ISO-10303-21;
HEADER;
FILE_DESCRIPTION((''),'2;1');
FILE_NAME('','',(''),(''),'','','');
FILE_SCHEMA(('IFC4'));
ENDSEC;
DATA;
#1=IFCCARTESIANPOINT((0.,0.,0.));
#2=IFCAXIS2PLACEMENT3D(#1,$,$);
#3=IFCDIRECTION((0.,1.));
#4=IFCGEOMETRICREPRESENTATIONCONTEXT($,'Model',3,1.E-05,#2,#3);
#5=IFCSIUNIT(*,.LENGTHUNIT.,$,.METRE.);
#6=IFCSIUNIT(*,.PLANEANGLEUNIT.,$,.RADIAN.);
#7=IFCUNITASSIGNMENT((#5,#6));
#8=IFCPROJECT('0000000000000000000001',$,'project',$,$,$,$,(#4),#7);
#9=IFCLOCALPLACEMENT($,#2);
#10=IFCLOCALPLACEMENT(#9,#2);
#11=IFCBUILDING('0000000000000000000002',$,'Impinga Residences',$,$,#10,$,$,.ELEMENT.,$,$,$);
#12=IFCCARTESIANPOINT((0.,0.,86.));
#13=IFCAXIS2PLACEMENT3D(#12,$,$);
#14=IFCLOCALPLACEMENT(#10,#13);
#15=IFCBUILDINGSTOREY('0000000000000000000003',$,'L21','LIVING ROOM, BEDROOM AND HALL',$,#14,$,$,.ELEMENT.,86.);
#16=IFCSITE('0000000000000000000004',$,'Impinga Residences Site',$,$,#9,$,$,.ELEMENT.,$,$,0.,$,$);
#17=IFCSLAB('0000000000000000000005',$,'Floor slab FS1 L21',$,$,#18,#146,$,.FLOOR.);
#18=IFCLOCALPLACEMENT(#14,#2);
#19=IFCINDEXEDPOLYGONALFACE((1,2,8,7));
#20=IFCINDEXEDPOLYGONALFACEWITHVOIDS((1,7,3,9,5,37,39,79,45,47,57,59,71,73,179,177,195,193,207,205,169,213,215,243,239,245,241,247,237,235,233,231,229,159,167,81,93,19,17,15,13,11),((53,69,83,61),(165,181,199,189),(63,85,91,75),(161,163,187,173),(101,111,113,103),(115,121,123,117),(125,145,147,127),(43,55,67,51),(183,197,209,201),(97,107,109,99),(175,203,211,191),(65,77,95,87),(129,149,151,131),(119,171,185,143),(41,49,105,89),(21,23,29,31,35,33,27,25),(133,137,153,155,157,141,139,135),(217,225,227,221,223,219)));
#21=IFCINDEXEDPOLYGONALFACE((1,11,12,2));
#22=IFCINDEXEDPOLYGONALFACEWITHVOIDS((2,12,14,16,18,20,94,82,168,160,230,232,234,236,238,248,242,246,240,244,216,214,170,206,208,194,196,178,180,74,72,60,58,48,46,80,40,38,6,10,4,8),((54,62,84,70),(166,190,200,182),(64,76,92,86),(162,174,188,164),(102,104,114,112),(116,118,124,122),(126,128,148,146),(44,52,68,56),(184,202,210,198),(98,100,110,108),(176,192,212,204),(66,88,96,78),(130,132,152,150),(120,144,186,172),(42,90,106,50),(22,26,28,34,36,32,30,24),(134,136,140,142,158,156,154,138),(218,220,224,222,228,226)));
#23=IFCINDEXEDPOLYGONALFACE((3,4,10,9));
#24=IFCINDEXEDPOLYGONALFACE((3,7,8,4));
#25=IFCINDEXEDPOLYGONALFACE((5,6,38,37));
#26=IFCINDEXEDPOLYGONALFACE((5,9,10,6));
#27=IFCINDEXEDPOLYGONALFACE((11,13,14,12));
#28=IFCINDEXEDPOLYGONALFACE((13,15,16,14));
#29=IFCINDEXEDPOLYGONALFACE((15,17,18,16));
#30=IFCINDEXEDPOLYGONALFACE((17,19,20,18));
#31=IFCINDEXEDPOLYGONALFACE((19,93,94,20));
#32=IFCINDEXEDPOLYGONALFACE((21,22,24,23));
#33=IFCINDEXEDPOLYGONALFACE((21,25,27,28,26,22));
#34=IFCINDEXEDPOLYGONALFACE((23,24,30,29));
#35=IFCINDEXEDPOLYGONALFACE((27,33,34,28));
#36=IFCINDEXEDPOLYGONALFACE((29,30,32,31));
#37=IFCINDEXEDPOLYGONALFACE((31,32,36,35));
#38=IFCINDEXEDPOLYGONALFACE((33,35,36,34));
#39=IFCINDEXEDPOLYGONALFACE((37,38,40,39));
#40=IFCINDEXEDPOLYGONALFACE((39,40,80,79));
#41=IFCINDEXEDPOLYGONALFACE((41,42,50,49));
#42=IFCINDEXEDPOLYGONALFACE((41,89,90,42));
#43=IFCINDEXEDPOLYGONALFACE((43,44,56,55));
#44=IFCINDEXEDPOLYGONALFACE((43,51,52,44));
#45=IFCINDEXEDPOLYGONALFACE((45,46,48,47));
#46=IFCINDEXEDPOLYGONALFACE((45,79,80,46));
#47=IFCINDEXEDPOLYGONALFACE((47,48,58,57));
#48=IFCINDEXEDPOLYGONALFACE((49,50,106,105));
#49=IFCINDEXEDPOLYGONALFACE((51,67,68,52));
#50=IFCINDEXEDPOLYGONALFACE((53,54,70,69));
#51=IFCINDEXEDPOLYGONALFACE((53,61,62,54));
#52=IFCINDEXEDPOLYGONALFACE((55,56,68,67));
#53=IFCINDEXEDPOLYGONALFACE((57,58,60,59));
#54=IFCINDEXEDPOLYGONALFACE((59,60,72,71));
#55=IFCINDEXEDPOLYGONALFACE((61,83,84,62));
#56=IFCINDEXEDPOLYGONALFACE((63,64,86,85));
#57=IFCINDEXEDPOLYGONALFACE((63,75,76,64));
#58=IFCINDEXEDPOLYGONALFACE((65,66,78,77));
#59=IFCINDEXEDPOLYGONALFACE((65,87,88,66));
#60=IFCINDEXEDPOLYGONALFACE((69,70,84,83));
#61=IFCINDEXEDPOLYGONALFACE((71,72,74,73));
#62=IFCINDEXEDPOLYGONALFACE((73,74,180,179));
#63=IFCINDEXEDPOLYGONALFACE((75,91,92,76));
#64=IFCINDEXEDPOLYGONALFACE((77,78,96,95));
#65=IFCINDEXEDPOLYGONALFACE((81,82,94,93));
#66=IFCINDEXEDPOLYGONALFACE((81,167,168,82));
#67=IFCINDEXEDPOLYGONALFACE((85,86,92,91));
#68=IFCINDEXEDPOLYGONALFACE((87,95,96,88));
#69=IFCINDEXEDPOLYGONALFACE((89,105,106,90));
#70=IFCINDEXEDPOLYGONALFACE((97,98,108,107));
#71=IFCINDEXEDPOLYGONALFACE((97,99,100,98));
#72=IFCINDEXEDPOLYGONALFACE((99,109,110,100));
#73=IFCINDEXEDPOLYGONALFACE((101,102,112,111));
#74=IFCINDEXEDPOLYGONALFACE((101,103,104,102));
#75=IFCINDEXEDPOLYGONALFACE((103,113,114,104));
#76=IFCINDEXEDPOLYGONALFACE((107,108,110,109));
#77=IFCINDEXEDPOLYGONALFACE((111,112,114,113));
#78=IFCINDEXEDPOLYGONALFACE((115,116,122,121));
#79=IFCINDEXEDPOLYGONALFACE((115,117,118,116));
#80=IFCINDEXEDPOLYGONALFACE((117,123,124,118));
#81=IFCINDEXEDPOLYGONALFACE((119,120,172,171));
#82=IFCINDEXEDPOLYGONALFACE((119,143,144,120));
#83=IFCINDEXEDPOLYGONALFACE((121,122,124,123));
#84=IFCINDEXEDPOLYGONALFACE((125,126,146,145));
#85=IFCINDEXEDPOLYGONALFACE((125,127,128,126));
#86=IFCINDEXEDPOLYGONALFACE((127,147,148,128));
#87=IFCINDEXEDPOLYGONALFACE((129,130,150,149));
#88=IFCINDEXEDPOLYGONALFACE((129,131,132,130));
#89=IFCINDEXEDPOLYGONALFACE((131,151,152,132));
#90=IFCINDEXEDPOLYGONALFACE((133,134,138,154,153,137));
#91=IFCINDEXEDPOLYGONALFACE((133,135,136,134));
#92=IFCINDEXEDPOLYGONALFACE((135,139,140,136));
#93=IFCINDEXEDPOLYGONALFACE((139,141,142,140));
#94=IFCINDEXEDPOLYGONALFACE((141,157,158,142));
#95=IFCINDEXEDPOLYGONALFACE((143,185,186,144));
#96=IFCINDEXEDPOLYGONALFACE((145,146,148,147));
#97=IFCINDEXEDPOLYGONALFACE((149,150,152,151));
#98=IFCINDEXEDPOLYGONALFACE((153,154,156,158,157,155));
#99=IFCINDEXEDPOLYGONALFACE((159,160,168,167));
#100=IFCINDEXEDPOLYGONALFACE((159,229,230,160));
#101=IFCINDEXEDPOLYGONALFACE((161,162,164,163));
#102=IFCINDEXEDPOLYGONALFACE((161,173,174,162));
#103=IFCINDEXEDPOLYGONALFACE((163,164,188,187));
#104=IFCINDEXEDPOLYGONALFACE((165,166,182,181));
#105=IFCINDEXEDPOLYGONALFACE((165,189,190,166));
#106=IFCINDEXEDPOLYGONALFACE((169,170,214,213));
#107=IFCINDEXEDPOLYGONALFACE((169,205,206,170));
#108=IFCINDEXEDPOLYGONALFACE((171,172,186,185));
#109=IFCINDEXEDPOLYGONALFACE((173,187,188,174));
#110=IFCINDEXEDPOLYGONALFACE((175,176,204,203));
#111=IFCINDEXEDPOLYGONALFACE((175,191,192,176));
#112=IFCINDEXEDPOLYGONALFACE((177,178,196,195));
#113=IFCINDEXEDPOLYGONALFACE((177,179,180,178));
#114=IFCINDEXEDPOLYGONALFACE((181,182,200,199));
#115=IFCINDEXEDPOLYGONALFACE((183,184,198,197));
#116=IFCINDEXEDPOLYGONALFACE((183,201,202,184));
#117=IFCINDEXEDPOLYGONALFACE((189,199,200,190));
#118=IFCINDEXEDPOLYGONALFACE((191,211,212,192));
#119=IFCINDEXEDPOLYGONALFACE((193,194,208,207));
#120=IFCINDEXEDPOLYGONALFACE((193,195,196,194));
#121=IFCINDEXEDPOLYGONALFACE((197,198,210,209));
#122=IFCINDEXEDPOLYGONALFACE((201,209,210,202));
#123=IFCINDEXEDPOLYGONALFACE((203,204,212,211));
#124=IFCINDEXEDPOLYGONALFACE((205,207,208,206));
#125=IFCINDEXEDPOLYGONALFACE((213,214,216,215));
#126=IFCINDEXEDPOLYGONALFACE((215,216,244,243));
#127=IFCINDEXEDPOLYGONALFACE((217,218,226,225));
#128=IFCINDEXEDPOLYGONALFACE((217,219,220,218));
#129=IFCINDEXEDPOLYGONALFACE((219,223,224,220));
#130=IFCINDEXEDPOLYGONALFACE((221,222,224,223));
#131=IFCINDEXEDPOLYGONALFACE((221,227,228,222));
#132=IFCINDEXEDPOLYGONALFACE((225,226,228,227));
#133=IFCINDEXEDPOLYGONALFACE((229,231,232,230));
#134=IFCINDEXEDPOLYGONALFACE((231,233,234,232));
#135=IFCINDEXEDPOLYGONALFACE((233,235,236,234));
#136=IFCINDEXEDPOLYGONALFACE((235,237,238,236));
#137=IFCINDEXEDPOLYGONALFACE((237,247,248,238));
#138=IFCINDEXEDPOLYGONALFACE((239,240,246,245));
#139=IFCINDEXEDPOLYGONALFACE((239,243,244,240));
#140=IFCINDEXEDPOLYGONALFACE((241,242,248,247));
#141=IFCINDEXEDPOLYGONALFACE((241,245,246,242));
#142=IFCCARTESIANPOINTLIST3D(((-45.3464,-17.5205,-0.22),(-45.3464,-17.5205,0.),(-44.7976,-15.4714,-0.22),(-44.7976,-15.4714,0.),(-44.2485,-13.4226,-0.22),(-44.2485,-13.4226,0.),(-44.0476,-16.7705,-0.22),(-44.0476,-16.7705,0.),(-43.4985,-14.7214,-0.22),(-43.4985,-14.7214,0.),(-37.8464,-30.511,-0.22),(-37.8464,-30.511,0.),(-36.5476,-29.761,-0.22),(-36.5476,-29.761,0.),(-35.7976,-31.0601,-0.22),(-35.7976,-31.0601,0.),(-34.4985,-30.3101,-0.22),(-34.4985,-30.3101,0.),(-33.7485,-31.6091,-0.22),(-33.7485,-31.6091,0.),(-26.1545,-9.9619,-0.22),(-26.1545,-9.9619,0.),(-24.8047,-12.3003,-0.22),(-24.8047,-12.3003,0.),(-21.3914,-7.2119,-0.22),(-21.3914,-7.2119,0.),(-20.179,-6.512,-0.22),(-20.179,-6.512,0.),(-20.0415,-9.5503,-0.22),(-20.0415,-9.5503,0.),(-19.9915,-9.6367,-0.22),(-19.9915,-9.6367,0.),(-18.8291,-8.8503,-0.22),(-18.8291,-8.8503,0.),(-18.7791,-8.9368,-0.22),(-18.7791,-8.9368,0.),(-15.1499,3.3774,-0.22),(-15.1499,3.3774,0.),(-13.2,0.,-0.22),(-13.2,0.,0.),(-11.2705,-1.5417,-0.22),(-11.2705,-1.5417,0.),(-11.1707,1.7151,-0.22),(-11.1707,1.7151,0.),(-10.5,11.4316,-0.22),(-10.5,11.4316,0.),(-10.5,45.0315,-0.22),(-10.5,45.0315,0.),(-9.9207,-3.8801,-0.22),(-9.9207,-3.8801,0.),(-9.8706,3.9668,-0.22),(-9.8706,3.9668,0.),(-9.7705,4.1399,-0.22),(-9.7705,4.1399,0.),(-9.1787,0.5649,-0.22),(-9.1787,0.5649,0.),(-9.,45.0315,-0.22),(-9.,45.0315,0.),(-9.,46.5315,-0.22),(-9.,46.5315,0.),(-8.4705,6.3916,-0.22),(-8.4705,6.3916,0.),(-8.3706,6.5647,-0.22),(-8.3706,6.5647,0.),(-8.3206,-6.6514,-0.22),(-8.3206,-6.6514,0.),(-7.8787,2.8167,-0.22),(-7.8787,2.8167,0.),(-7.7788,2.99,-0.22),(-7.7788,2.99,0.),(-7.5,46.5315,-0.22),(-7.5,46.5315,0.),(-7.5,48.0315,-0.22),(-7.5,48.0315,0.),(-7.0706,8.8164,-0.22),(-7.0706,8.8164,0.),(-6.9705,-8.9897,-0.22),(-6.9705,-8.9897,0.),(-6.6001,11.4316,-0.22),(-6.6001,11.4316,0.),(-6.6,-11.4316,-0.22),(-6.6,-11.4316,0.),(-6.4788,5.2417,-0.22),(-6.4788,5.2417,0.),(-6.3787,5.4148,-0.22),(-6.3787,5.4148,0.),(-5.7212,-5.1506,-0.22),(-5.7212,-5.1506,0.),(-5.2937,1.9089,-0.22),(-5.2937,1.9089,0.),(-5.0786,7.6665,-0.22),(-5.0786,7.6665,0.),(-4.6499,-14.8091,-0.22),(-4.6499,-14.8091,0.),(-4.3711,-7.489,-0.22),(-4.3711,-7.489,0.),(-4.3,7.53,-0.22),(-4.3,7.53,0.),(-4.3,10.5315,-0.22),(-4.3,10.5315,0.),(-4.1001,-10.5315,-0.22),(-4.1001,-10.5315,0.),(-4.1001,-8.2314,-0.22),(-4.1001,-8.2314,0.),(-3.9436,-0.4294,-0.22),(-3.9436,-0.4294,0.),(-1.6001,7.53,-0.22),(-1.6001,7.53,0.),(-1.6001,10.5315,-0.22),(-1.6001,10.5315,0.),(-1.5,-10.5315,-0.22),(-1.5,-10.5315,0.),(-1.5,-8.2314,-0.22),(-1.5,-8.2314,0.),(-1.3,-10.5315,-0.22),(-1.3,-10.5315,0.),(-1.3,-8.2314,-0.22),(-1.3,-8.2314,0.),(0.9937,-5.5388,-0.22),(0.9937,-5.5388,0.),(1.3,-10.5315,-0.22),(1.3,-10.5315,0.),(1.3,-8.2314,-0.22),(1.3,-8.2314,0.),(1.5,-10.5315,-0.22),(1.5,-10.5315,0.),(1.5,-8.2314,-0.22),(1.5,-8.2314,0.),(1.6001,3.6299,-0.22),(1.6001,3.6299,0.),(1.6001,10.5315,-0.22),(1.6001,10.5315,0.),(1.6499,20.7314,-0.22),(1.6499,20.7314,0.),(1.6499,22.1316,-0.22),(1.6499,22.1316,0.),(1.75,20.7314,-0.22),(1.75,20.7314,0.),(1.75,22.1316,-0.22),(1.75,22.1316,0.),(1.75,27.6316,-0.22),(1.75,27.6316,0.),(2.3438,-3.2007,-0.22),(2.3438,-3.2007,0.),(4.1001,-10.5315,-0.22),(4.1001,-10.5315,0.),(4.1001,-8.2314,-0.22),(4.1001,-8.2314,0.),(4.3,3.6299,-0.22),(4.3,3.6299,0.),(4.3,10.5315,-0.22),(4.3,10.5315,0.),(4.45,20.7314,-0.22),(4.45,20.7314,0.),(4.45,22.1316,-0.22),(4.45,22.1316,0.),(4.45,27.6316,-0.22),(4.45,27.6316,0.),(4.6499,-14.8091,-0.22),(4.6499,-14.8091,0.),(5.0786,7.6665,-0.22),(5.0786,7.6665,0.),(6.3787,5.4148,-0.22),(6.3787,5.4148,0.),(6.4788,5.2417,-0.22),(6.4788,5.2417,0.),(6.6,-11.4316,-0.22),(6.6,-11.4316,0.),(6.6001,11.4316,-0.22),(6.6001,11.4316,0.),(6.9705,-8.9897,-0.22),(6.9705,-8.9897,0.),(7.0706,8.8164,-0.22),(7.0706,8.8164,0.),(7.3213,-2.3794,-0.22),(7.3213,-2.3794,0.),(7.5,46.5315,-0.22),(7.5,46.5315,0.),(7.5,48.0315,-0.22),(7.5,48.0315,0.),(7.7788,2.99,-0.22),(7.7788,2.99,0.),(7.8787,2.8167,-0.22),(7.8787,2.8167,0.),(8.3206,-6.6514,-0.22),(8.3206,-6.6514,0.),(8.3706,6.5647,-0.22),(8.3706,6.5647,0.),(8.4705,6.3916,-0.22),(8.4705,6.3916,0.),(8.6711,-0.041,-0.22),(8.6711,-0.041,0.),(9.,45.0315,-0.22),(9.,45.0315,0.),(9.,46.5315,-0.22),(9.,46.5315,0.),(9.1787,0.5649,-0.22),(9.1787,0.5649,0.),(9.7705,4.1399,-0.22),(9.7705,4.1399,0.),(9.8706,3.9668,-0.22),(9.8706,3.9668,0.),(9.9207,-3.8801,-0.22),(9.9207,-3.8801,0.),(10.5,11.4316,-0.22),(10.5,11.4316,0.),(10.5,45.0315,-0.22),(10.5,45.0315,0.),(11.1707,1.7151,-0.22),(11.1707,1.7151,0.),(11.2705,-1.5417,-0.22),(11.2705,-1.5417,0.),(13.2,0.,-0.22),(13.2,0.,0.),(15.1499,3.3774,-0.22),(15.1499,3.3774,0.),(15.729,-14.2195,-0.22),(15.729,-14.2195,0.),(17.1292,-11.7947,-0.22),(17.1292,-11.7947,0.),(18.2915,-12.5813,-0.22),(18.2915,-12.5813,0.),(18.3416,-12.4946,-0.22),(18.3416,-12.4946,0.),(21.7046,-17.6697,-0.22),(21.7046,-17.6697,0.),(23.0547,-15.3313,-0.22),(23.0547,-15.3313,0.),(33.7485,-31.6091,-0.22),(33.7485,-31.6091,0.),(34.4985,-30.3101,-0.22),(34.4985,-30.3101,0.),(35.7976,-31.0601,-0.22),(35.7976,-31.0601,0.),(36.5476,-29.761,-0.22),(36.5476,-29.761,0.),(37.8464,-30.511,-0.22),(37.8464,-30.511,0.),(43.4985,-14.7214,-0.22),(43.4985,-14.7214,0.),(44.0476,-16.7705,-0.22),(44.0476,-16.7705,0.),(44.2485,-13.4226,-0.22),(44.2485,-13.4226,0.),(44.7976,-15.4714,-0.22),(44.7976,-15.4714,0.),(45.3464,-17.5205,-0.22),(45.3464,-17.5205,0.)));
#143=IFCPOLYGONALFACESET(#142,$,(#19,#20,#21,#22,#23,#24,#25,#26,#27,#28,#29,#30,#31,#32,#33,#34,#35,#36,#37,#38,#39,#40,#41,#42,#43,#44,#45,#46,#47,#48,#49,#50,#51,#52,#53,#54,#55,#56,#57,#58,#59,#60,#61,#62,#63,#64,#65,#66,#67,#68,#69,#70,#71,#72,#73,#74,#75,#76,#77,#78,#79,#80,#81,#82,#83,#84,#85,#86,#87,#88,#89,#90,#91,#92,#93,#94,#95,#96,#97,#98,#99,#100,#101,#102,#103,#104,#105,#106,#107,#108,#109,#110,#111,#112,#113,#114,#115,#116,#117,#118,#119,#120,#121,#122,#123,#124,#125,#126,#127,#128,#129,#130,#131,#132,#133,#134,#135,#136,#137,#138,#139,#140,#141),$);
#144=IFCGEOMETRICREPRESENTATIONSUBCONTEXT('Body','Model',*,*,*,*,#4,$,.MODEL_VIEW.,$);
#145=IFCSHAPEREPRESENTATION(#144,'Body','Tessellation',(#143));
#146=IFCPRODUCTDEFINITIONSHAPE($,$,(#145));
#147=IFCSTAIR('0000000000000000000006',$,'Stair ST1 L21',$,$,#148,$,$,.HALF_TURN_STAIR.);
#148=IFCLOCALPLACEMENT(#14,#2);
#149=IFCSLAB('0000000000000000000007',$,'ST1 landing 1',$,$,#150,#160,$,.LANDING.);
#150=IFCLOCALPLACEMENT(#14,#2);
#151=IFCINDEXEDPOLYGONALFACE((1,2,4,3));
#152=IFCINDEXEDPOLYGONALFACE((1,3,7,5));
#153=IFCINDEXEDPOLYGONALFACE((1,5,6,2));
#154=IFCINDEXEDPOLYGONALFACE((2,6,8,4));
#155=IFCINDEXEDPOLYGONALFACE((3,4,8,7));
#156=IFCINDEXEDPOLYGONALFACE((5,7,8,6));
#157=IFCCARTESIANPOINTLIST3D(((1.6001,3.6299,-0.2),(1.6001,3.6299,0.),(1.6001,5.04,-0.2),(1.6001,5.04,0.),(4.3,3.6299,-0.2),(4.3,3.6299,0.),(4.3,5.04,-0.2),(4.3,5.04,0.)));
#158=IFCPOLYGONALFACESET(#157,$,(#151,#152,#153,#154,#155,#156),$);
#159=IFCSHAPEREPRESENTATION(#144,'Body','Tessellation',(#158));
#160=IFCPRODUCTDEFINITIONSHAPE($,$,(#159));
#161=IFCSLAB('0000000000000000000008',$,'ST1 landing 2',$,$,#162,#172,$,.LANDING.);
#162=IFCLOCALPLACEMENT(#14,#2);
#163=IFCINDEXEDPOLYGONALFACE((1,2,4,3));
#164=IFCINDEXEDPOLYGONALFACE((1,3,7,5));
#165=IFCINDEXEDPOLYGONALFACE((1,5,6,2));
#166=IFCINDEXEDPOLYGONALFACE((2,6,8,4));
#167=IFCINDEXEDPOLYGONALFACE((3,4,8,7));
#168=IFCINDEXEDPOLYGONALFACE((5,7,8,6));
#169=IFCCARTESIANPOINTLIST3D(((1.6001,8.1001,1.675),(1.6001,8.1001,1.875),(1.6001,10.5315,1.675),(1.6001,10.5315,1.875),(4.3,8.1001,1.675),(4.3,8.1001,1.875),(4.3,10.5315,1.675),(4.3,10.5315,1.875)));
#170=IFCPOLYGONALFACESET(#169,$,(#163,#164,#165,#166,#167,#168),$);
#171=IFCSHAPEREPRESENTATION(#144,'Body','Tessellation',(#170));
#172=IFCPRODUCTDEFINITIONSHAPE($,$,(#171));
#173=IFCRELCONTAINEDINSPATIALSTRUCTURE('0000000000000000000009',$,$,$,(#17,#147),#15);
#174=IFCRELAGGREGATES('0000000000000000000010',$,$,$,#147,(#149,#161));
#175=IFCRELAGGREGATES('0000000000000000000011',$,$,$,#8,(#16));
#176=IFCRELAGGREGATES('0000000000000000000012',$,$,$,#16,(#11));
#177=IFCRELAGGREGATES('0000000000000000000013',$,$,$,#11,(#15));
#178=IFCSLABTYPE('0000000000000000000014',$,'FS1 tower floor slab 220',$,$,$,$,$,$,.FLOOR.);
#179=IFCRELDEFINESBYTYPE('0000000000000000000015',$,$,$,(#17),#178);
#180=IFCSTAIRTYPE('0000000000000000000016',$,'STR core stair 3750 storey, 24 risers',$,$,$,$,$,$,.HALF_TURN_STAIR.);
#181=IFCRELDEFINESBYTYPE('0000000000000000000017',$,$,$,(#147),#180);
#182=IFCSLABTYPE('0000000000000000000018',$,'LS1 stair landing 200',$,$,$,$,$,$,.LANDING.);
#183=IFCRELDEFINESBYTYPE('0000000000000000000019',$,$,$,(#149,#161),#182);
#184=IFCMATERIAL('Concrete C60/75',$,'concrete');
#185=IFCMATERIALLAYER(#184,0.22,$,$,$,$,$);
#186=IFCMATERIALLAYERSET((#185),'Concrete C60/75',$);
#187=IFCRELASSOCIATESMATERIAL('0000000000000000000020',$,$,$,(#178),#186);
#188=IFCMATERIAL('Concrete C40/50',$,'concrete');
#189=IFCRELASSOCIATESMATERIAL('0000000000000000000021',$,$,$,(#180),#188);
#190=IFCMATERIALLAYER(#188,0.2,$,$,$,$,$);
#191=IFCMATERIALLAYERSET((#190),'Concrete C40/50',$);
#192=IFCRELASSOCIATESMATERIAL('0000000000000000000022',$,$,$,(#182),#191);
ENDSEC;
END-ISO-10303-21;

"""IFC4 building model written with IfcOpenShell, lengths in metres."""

from ifc_helpers import new_model, si_unit, direction, frame, origin, place, context, subcontext, project, spatial, polyline, outline, extrude, material, layer, layer_set, type_object, element, aggregate, save


model = new_model("IFC4")

# Units and contexts
model_context = context("Model", 3, precision=1e-05, world=origin(), true_north=direction((0.0, 1.0)))
body_context = subcontext(model_context, "Body", "Model", "MODEL_VIEW")
ifc_project = project(units=[si_unit("LENGTHUNIT", "METRE"), si_unit("PLANEANGLEUNIT", "RADIAN")], contexts=[model_context])

# Site, building, storey
site_placement = place(None, origin())
site = spatial("IfcSite", under=ifc_project, at=site_placement, Name="Impinga Residences Site", CompositionType="ELEMENT", RefElevation=0.0)
building_placement = place(site_placement, origin())
building = spatial("IfcBuilding", under=site, at=building_placement, Name="Impinga Residences", CompositionType="ELEMENT")
storey_placement = place(building_placement, frame((0.0, 0.0, 86.0)))
storey = spatial("IfcBuildingStorey", under=building, at=storey_placement, Name="L21", Description="LIVING ROOM, BEDROOM AND HALL", CompositionType="ELEMENT", Elevation=86.0)

# Slab
ifc_material_1 = material(Name="Concrete C60/75", Category="concrete")
ifc_layer_1 = layer(ifc_material_1, 0.22)
ifc_layer_set_1 = layer_set([ifc_layer_1], Name="Concrete C60/75")
slab_type_1 = type_object("IfcSlabType", Name="FS1 tower floor slab 220", PredefinedType="FLOOR", material=ifc_layer_set_1)
slab_1_placement = place(storey_placement, frame((0.0, 0.0, -0.22)))
element("IfcSlab", 1, at=slab_1_placement, inside=storey, type_object=slab_type_1, Name="Floor slab FS1 L21", PredefinedType="FLOOR", context=body_context, shape_type="SweptSolid", body=[
    extrude(outline(polyline([(-34.4985, -30.3101), (-35.7976, -31.0601), (-36.5476, -29.761), (-37.8464, -30.511), (-45.3464, -17.5205), (-44.0476, -16.7705), (-44.7976, -15.4714), (-43.4985, -14.7214), (-44.2485, -13.4226), (-15.1499, 3.3774), (-13.2, 0.0), (-6.6001, 11.4316), (-10.5, 11.4316), (-10.5, 45.0315), (-9.0, 45.0315), (-9.0, 46.5315), (-7.5, 46.5315), (-7.5, 48.0315), (7.5, 48.0315), (7.5, 46.5315), (9.0, 46.5315), (9.0, 45.0315), (10.5, 45.0315), (10.5, 11.4316), (6.6001, 11.4316), (13.2, 0.0), (15.1499, 3.3774), (44.2485, -13.4226), (43.4985, -14.7214), (44.7976, -15.4714), (44.0476, -16.7705), (45.3464, -17.5205), (37.8464, -30.511), (36.5476, -29.761), (35.7976, -31.0601), (34.4985, -30.3101), (33.7485, -31.6091), (4.6499, -14.8091), (9.9001, -5.7158), (6.6001, -11.4316), (-6.6001, -11.4316), (-9.9001, -5.7158), (-4.6499, -14.8091), (-33.7485, -31.6091), (-34.4985, -30.3101)]), holes=[polyline([(-21.3914, -7.2119), (-26.1545, -9.9619), (-24.8047, -12.3003), (-20.0415, -9.5503), (-19.9915, -9.6367), (-18.7791, -8.9368), (-18.8291, -8.8503), (-18.8291, -8.8503), (-20.179, -6.512), (-21.3914, -7.2119), (-21.3914, -7.2119)]), polyline([(-1.5, -8.2314), (-4.1001, -8.2314), (-4.1001, -10.5315), (-1.5, -10.5315), (-1.5, -8.2314)]), polyline([(1.3, -8.2314), (-1.3, -8.2314), (-1.3, -10.5315), (1.3, -10.5315), (1.3, -8.2314)]), polyline([(1.5, -8.2314), (1.5, -10.5315), (4.1001, -10.5315), (4.1001, -8.2314), (1.5, -8.2314)]), polyline([(-5.7212, -5.1506), (-8.3206, -6.6514), (-6.9705, -8.9897), (-4.3711, -7.489), (-5.7212, -5.1506)]), polyline([(-3.9436, -0.4294), (-5.2937, 1.9089), (-11.2705, -1.5417), (-9.9207, -3.8801), (-3.9436, -0.4294)]), polyline([(-9.1787, 0.5649), (-7.8787, 2.8167), (-9.8706, 3.9668), (-11.1707, 1.7151), (-9.1787, 0.5649)]), polyline([(-6.4788, 5.2417), (-8.4705, 6.3916), (-9.7705, 4.1399), (-7.7788, 2.99), (-6.4788, 5.2417)]), polyline([(-6.3787, 5.4148), (-5.0786, 7.6665), (-7.0706, 8.8164), (-8.3706, 6.5647), (-6.3787, 5.4148)]), polyline([(-4.3, 7.53), (-1.6001, 7.53), (-1.6001, 10.5315), (-4.3, 10.5315), (-4.3, 7.53)]), polyline([(15.729, -14.2195), (21.7046, -17.6697), (23.0547, -15.3313), (18.2915, -12.5813), (18.3416, -12.4946), (17.1292, -11.7947), (15.729, -14.2195)]), polyline([(0.9937, -5.5388), (6.9705, -8.9897), (8.3206, -6.6514), (2.3438, -3.2007), (0.9937, -5.5388)]), polyline([(8.6711, -0.041), (7.3213, -2.3794), (9.9207, -3.8801), (11.2705, -1.5417), (8.6711, -0.041)]), polyline([(7.8787, 2.8167), (9.1787, 0.5649), (11.1707, 1.7151), (9.8706, 3.9668), (7.8787, 2.8167)]), polyline([(7.7788, 2.99), (9.7705, 4.1399), (8.4705, 6.3916), (6.4788, 5.2417), (7.7788, 2.99)]), polyline([(1.6001, 3.6299), (4.3, 3.6299), (4.3, 10.5315), (1.6001, 10.5315), (1.6001, 3.6299)]), polyline([(5.0786, 7.6665), (6.3787, 5.4148), (8.3706, 6.5647), (7.0706, 8.8164), (5.0786, 7.6665)]), polyline([(1.75, 22.1316), (1.6499, 22.1316), (1.6499, 20.7314), (1.75, 20.7314), (4.45, 20.7314), (4.45, 22.1316), (4.45, 27.6316), (1.75, 27.6316), (1.75, 22.1316)])]), origin(), (0.0, 0.0, 1.0), 0.22),
])

# Stair, slabs
ifc_material_2 = material(Name="Concrete C40/50", Category="concrete")
stair_type = type_object("IfcStairType", Name="STR core stair 3750 storey, 24 risers", PredefinedType="HALF_TURN_STAIR", material=ifc_material_2)
stair_1_placement = place(storey_placement, origin())
stair_1 = element("IfcStair", 2, at=stair_1_placement, inside=storey, type_object=stair_type, Name="Stair ST1 L21", PredefinedType="HALF_TURN_STAIR")
ifc_layer_2 = layer(ifc_material_2, 0.2)
ifc_layer_set_2 = layer_set([ifc_layer_2], Name="Concrete C40/50")
slab_type_2 = type_object("IfcSlabType", Name="LS1 stair landing 200", PredefinedType="LANDING", material=ifc_layer_set_2)
slab_2_placement = place(storey_placement, frame((0.0, 0.0, -0.2)))
slab_2 = element("IfcSlab", 3, at=slab_2_placement, type_object=slab_type_2, Name="ST1 landing 1", PredefinedType="LANDING", context=body_context, shape_type="SweptSolid", body=[
    extrude(outline(polyline([(1.6001, 3.6299), (4.3, 3.6299), (4.3, 5.04), (1.6001, 5.04), (1.6001, 3.6299)])), origin(), (0.0, 0.0, 1.0), 0.2),
])
slab_3_placement = place(storey_placement, frame((0.0, 0.0, 1.675)))
slab_3 = element("IfcSlab", 4, at=slab_3_placement, type_object=slab_type_2, Name="ST1 landing 2", PredefinedType="LANDING", context=body_context, shape_type="SweptSolid", body=[
    extrude(outline(polyline([(1.6001, 8.1001), (4.3, 8.1001), (4.3, 10.5315), (1.6001, 10.5315), (1.6001, 8.1001)])), origin(), (0.0, 0.0, 1.0), 0.2),
])
aggregate(stair_1, [slab_2, slab_3])

save(model, "model.ifc")
